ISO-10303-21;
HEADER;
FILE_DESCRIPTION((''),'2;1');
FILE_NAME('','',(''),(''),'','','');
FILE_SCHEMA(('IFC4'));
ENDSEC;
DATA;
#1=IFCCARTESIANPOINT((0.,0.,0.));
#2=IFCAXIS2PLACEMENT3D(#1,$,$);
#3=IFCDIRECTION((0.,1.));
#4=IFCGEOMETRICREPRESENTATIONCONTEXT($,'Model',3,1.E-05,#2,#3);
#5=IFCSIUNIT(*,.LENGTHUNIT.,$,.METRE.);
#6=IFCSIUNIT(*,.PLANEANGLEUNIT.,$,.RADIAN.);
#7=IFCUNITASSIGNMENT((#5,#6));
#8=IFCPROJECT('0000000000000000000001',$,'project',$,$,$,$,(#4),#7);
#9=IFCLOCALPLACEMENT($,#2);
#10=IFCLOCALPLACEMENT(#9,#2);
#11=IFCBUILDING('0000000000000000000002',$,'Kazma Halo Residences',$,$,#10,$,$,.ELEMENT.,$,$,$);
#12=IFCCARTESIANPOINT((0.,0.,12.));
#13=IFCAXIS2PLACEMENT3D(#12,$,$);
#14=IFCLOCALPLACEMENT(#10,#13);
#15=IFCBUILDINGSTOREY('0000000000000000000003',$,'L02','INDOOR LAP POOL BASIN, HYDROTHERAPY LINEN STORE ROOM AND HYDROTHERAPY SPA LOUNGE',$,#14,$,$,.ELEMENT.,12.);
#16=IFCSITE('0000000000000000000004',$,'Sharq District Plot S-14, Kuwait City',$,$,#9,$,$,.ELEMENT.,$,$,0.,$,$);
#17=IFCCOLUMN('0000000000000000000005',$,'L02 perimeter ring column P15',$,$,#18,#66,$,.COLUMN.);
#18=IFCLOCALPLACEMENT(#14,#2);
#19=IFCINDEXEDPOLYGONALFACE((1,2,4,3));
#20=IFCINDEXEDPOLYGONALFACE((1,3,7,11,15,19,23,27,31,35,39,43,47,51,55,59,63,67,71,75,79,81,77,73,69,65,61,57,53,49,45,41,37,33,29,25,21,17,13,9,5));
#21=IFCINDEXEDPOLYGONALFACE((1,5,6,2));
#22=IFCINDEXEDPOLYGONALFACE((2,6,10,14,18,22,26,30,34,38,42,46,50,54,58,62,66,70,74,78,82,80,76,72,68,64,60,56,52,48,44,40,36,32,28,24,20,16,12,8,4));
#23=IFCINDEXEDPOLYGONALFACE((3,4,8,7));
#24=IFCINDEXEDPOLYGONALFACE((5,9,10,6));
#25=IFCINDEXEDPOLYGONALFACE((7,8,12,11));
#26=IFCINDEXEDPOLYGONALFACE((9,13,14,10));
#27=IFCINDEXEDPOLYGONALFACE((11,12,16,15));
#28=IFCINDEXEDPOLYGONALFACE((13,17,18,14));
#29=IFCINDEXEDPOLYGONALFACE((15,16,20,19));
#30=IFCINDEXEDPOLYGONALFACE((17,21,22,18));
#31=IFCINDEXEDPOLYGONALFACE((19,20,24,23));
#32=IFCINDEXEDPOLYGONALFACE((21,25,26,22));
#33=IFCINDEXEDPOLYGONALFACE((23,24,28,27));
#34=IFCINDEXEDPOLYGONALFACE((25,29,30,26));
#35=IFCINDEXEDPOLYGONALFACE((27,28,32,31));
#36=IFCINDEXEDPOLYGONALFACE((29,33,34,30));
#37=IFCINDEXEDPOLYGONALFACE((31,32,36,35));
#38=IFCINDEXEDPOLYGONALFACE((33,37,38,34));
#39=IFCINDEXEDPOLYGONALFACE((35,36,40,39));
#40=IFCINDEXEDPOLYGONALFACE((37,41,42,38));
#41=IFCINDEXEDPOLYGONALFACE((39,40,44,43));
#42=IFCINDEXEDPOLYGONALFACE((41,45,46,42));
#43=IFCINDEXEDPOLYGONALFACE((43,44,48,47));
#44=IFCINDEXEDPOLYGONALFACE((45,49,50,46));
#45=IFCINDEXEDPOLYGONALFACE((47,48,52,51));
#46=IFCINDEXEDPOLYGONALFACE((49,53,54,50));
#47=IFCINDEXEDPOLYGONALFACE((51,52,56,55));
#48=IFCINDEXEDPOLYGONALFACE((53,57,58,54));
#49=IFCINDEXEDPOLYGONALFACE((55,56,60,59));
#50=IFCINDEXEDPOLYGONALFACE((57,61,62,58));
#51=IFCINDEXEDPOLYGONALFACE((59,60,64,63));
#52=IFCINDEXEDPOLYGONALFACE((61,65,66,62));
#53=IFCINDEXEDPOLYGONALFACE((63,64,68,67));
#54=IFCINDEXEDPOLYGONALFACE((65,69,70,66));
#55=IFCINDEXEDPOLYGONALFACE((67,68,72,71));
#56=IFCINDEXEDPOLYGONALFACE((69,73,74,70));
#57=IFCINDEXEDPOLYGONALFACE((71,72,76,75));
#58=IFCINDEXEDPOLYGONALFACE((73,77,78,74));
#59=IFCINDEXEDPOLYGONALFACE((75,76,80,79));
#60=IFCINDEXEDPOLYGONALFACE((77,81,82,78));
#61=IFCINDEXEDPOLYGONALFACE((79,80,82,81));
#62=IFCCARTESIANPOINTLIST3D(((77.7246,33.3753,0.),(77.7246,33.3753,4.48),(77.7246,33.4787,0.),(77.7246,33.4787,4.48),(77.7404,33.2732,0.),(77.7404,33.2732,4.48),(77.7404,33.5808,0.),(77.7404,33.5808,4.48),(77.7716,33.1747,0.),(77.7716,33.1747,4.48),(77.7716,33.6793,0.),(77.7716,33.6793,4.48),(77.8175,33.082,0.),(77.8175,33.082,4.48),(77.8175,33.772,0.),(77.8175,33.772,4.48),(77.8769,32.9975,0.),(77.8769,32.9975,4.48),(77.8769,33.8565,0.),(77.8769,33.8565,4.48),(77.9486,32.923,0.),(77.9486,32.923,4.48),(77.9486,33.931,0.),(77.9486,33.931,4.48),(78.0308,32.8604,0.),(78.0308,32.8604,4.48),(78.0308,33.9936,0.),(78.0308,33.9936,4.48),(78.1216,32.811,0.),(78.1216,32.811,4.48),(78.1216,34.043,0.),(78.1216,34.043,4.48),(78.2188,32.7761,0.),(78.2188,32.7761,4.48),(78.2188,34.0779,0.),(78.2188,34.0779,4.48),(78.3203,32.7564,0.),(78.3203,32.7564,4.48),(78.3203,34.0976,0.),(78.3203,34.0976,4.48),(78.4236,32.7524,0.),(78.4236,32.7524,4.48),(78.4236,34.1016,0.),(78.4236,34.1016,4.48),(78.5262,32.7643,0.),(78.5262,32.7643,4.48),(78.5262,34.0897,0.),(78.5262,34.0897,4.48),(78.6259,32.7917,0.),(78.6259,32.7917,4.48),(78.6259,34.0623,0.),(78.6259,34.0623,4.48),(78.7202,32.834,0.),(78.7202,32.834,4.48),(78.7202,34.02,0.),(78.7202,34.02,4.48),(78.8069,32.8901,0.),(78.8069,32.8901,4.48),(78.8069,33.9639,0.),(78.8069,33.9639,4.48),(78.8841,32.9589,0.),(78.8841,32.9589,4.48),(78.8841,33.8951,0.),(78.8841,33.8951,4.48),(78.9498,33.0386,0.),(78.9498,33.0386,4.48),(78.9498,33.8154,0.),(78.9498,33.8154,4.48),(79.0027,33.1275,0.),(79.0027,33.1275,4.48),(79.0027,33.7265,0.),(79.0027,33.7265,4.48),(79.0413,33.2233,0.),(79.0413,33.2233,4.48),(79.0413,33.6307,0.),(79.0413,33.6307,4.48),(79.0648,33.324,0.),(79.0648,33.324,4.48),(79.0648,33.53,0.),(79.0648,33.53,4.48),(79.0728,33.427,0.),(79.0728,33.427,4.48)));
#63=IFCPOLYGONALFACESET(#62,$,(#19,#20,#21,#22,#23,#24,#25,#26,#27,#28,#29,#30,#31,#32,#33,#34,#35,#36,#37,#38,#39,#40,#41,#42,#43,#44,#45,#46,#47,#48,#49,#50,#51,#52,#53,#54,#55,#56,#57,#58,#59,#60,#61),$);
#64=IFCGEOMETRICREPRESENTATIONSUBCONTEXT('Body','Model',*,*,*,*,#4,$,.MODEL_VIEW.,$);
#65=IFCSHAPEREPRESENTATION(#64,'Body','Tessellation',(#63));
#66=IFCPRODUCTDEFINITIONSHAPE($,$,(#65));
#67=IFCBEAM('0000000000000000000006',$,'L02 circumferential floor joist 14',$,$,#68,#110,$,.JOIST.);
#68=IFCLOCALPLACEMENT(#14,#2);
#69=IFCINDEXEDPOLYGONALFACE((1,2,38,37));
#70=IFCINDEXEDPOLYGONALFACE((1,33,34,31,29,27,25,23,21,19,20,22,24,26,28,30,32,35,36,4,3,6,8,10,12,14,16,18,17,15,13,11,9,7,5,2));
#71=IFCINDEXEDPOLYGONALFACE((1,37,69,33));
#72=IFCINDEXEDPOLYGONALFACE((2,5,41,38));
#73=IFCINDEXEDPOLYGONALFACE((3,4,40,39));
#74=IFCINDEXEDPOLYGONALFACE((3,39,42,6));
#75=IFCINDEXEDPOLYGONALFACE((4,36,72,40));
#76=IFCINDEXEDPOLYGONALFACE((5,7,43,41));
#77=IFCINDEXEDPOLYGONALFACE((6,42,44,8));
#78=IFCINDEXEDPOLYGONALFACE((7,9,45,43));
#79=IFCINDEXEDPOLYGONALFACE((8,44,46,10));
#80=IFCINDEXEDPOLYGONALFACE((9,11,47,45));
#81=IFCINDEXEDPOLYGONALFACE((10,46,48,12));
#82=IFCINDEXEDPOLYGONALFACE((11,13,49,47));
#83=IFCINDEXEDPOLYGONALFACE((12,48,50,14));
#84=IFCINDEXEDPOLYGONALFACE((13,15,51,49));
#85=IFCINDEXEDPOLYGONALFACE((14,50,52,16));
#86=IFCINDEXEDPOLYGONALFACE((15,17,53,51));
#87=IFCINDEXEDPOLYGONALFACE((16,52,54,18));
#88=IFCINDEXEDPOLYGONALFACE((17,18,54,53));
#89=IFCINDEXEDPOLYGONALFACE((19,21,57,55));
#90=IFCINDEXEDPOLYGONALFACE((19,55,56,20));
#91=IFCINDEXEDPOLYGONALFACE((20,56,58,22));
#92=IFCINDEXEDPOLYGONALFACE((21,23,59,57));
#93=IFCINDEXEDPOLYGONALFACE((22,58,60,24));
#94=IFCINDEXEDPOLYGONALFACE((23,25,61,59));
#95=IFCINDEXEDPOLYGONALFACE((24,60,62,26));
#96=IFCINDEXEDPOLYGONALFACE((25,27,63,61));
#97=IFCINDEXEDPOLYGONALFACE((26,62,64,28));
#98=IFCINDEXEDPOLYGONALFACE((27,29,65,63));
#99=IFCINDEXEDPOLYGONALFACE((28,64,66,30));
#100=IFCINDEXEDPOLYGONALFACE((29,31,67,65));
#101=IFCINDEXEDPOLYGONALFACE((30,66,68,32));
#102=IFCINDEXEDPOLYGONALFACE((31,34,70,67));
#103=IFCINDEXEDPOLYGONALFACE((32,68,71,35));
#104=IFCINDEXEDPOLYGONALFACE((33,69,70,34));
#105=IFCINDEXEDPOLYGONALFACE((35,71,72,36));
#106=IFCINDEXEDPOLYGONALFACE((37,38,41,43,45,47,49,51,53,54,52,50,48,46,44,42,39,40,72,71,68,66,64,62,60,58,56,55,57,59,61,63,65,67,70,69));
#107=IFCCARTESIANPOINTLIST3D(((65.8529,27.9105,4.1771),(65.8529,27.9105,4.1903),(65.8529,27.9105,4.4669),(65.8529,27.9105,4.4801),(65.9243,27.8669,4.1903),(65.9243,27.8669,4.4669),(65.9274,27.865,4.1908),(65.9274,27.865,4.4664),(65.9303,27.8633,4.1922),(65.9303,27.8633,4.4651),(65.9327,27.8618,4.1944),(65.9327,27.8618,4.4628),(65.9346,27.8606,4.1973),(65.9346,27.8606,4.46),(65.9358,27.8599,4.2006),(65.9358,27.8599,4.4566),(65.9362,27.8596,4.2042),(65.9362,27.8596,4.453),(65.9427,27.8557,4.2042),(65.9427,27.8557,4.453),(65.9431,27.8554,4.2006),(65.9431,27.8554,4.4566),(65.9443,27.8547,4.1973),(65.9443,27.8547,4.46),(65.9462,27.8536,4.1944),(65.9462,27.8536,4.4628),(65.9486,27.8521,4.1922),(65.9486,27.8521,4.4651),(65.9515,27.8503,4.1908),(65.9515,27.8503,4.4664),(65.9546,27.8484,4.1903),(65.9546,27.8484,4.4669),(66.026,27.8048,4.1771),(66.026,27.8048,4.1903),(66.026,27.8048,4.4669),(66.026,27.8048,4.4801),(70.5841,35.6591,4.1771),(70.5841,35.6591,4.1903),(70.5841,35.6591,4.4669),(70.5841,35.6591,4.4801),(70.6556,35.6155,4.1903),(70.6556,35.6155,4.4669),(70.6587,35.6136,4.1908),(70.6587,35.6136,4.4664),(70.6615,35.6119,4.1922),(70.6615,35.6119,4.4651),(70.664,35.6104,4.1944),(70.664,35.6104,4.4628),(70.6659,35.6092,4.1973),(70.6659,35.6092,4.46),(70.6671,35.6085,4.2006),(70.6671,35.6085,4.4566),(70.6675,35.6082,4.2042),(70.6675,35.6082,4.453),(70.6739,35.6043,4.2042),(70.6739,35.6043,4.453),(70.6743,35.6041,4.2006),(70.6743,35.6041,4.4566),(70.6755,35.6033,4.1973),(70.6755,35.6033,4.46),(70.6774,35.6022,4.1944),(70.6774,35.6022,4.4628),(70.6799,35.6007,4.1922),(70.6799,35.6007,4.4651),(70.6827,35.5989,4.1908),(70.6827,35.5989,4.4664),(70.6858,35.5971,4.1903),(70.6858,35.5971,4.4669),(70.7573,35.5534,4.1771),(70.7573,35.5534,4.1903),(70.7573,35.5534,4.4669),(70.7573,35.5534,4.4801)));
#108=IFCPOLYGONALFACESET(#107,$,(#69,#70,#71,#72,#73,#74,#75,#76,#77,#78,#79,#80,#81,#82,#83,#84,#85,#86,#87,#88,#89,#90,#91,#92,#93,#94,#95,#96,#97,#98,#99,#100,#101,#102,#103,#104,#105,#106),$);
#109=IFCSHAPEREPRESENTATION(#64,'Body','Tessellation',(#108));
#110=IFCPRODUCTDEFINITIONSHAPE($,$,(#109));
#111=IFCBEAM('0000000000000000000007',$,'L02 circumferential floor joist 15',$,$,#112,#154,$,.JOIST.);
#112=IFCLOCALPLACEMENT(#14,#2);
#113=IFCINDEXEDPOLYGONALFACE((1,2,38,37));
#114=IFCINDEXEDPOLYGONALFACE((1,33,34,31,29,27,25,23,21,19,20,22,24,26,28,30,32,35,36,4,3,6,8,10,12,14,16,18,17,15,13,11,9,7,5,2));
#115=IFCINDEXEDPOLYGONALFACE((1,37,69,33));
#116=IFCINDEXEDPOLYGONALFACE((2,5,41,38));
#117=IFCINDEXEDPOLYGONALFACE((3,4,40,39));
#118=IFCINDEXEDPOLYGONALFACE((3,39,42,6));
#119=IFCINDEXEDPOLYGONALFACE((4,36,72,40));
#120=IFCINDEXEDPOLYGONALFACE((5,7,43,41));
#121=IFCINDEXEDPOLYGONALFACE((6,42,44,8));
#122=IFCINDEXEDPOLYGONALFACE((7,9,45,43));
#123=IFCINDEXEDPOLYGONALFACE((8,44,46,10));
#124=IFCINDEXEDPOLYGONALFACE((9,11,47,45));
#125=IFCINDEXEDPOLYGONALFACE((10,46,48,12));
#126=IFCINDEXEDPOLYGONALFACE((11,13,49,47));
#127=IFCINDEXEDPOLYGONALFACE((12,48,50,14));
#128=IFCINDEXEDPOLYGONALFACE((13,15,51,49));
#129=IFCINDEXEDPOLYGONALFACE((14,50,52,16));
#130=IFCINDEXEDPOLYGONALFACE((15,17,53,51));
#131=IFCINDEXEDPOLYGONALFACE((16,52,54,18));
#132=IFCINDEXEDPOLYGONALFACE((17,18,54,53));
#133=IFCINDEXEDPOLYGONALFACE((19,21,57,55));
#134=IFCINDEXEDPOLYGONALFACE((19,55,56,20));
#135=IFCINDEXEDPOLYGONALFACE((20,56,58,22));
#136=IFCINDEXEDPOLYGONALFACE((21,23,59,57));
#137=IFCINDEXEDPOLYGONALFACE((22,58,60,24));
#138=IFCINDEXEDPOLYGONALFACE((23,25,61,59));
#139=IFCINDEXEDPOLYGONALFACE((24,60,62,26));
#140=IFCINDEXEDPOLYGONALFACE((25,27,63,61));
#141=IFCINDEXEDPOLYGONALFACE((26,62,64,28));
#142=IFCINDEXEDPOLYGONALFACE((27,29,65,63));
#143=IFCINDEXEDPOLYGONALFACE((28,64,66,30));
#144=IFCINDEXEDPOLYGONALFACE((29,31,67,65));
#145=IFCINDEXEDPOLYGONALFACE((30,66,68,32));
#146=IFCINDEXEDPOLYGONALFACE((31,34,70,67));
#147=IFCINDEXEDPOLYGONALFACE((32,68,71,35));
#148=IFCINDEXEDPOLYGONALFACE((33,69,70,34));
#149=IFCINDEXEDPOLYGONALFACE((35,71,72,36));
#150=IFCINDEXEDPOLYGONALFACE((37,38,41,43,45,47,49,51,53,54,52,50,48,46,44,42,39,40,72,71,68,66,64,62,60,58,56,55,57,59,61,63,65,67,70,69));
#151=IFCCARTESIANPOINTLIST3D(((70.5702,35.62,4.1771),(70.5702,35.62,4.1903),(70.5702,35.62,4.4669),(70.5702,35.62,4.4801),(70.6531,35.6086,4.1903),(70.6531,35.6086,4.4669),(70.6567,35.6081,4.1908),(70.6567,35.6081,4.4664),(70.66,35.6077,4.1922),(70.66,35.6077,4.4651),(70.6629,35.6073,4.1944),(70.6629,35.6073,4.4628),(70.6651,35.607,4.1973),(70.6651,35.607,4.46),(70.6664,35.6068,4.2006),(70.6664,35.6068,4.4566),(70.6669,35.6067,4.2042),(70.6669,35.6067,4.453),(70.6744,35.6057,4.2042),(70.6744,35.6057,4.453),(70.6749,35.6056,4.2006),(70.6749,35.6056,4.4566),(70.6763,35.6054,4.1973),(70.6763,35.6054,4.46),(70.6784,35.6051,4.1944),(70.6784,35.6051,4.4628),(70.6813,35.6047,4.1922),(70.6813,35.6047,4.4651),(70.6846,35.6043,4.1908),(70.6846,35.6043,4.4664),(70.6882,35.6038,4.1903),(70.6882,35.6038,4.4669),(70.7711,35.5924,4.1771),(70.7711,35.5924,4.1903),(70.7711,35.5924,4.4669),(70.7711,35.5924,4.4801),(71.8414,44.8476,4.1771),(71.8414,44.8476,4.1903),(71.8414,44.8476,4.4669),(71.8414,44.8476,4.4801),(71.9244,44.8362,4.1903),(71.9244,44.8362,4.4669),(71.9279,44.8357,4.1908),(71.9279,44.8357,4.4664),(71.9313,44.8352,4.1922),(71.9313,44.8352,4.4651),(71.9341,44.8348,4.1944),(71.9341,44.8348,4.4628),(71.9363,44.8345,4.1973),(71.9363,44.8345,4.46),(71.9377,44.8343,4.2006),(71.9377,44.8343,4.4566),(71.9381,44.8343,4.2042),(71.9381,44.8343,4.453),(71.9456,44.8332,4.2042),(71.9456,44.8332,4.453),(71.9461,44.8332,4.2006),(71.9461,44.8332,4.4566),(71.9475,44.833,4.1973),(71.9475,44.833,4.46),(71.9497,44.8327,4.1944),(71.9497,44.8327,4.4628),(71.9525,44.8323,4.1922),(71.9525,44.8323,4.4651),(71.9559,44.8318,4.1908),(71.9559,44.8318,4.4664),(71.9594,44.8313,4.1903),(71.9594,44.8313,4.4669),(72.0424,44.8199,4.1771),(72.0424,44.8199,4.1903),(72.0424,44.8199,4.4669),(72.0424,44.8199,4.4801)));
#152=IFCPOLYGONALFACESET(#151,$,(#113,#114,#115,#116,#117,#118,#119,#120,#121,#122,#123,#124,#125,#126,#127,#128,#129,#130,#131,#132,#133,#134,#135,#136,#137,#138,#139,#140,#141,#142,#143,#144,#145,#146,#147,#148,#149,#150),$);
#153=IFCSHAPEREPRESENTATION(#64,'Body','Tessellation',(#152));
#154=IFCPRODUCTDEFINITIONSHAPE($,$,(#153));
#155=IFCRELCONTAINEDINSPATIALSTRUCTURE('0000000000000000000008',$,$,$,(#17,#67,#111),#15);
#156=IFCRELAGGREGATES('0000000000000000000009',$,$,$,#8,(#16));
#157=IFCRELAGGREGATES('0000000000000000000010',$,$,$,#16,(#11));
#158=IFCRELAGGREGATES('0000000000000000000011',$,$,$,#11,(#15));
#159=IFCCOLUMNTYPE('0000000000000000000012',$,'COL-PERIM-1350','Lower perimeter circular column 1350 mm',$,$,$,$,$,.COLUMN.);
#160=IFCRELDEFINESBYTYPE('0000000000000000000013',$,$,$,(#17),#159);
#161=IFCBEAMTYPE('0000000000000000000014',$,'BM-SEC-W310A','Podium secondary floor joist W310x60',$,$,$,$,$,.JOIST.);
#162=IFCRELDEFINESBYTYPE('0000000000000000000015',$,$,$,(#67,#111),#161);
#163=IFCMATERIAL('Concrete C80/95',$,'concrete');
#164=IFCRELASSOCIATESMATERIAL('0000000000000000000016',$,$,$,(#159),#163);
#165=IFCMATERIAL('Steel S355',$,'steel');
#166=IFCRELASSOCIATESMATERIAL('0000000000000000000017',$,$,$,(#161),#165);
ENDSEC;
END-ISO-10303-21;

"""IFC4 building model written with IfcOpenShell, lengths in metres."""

from ifc_helpers import new_model, si_unit, direction, frame, origin, origin_2d, place, context, subcontext, project, spatial, circle, i_section, extrude, material, material_profile, profile_set, type_object, element, save


model = new_model("IFC4")

# Units and contexts
model_context = context("Model", 3, precision=1e-05, world=origin(), true_north=direction((0.0, 1.0)))
body_context = subcontext(model_context, "Body", "Model", "MODEL_VIEW")
ifc_project = project(units=[si_unit("LENGTHUNIT", "METRE"), si_unit("PLANEANGLEUNIT", "RADIAN")], contexts=[model_context])

# Site, building, storey
site_placement = place(None, origin())
site = spatial("IfcSite", under=ifc_project, at=site_placement, Name="Sharq District Plot S-14, Kuwait City", CompositionType="ELEMENT", RefElevation=0.0)
building_placement = place(site_placement, origin())
building = spatial("IfcBuilding", under=site, at=building_placement, Name="Kazma Halo Residences", CompositionType="ELEMENT")
storey_placement = place(building_placement, frame((0.0, 0.0, 12.0)))
storey = spatial("IfcBuildingStorey", under=building, at=storey_placement, Name="L02", Description="INDOOR LAP POOL BASIN, HYDROTHERAPY LINEN STORE ROOM AND HYDROTHERAPY SPA LOUNGE", CompositionType="ELEMENT", Elevation=12.0)

# Column
ifc_material_1 = material(Name="Concrete C80/95", Category="concrete")
ifc_material_profile_1 = material_profile(ifc_material_1, circle(Radius=0.675, at=origin_2d()), Name="CIRC1350")
ifc_profile_set_1 = profile_set([ifc_material_profile_1], Name="Concrete C80/95")
column_type = type_object("IfcColumnType", Name="COL-PERIM-1350", Description="Lower perimeter circular column 1350 mm", PredefinedType="COLUMN", material=ifc_profile_set_1)
column_placement = place(storey_placement, frame((78.3977, 33.427, 0.0), z_axis=(0.0, 0.0, 1.0), x_axis=(1.0, 0.0, 0.0)))
element("IfcColumn", 1, at=column_placement, inside=storey, type_object=column_type, Name="L02 perimeter ring column P15", PredefinedType="COLUMN", context=body_context, shape_type="SweptSolid", body=[
    extrude(circle(Radius=0.675, at=origin_2d()), origin(), (0.0, 0.0, 1.0), 4.48),
])

# Beams
ifc_material_2 = material(Name="Steel S355", Category="steel")
ifc_material_profile_2 = material_profile(ifc_material_2, i_section(OverallWidth=0.2029, OverallDepth=0.303, WebThickness=0.0076, FlangeThickness=0.0132, FilletRadius=0.0139, at=origin_2d()), Name="W310x60")
ifc_profile_set_2 = profile_set([ifc_material_profile_2], Name="Steel S355")
beam_type_1 = type_object("IfcBeamType", Name="BM-SEC-W310A", Description="Podium secondary floor joist W310x60", PredefinedType="JOIST", material=ifc_profile_set_2)
beam_1_placement = place(storey_placement, frame((65.9395, 27.8577, 4.3286), z_axis=(0.521128, 0.853479, 0.0), x_axis=(-0.853479, 0.521128, 0.0)))
element("IfcBeam", 2, at=beam_1_placement, inside=storey, type_object=beam_type_1, Name="L02 circumferential floor joist 14", PredefinedType="JOIST", context=body_context, shape_type="SweptSolid", body=[
    extrude(i_section(OverallWidth=0.2029, OverallDepth=0.303, WebThickness=0.0076, FlangeThickness=0.0132, FilletRadius=0.0139, at=origin_2d()), origin(), (0.0, 0.0, 1.0), 9.0789),
])
beam_2_placement = place(storey_placement, frame((70.6707, 35.6062, 4.3286), z_axis=(0.136477, 0.990643, 0.0), x_axis=(-0.990643, 0.136477, 0.0)))
element("IfcBeam", 3, at=beam_2_placement, inside=storey, type_object=beam_type_1, Name="L02 circumferential floor joist 15", PredefinedType="JOIST", context=body_context, shape_type="SweptSolid", body=[
    extrude(i_section(OverallWidth=0.2029, OverallDepth=0.303, WebThickness=0.0076, FlangeThickness=0.0132, FilletRadius=0.0139, at=origin_2d()), origin(), (0.0, 0.0, 1.0), 9.3147),
])

save(model, "model.ifc")
